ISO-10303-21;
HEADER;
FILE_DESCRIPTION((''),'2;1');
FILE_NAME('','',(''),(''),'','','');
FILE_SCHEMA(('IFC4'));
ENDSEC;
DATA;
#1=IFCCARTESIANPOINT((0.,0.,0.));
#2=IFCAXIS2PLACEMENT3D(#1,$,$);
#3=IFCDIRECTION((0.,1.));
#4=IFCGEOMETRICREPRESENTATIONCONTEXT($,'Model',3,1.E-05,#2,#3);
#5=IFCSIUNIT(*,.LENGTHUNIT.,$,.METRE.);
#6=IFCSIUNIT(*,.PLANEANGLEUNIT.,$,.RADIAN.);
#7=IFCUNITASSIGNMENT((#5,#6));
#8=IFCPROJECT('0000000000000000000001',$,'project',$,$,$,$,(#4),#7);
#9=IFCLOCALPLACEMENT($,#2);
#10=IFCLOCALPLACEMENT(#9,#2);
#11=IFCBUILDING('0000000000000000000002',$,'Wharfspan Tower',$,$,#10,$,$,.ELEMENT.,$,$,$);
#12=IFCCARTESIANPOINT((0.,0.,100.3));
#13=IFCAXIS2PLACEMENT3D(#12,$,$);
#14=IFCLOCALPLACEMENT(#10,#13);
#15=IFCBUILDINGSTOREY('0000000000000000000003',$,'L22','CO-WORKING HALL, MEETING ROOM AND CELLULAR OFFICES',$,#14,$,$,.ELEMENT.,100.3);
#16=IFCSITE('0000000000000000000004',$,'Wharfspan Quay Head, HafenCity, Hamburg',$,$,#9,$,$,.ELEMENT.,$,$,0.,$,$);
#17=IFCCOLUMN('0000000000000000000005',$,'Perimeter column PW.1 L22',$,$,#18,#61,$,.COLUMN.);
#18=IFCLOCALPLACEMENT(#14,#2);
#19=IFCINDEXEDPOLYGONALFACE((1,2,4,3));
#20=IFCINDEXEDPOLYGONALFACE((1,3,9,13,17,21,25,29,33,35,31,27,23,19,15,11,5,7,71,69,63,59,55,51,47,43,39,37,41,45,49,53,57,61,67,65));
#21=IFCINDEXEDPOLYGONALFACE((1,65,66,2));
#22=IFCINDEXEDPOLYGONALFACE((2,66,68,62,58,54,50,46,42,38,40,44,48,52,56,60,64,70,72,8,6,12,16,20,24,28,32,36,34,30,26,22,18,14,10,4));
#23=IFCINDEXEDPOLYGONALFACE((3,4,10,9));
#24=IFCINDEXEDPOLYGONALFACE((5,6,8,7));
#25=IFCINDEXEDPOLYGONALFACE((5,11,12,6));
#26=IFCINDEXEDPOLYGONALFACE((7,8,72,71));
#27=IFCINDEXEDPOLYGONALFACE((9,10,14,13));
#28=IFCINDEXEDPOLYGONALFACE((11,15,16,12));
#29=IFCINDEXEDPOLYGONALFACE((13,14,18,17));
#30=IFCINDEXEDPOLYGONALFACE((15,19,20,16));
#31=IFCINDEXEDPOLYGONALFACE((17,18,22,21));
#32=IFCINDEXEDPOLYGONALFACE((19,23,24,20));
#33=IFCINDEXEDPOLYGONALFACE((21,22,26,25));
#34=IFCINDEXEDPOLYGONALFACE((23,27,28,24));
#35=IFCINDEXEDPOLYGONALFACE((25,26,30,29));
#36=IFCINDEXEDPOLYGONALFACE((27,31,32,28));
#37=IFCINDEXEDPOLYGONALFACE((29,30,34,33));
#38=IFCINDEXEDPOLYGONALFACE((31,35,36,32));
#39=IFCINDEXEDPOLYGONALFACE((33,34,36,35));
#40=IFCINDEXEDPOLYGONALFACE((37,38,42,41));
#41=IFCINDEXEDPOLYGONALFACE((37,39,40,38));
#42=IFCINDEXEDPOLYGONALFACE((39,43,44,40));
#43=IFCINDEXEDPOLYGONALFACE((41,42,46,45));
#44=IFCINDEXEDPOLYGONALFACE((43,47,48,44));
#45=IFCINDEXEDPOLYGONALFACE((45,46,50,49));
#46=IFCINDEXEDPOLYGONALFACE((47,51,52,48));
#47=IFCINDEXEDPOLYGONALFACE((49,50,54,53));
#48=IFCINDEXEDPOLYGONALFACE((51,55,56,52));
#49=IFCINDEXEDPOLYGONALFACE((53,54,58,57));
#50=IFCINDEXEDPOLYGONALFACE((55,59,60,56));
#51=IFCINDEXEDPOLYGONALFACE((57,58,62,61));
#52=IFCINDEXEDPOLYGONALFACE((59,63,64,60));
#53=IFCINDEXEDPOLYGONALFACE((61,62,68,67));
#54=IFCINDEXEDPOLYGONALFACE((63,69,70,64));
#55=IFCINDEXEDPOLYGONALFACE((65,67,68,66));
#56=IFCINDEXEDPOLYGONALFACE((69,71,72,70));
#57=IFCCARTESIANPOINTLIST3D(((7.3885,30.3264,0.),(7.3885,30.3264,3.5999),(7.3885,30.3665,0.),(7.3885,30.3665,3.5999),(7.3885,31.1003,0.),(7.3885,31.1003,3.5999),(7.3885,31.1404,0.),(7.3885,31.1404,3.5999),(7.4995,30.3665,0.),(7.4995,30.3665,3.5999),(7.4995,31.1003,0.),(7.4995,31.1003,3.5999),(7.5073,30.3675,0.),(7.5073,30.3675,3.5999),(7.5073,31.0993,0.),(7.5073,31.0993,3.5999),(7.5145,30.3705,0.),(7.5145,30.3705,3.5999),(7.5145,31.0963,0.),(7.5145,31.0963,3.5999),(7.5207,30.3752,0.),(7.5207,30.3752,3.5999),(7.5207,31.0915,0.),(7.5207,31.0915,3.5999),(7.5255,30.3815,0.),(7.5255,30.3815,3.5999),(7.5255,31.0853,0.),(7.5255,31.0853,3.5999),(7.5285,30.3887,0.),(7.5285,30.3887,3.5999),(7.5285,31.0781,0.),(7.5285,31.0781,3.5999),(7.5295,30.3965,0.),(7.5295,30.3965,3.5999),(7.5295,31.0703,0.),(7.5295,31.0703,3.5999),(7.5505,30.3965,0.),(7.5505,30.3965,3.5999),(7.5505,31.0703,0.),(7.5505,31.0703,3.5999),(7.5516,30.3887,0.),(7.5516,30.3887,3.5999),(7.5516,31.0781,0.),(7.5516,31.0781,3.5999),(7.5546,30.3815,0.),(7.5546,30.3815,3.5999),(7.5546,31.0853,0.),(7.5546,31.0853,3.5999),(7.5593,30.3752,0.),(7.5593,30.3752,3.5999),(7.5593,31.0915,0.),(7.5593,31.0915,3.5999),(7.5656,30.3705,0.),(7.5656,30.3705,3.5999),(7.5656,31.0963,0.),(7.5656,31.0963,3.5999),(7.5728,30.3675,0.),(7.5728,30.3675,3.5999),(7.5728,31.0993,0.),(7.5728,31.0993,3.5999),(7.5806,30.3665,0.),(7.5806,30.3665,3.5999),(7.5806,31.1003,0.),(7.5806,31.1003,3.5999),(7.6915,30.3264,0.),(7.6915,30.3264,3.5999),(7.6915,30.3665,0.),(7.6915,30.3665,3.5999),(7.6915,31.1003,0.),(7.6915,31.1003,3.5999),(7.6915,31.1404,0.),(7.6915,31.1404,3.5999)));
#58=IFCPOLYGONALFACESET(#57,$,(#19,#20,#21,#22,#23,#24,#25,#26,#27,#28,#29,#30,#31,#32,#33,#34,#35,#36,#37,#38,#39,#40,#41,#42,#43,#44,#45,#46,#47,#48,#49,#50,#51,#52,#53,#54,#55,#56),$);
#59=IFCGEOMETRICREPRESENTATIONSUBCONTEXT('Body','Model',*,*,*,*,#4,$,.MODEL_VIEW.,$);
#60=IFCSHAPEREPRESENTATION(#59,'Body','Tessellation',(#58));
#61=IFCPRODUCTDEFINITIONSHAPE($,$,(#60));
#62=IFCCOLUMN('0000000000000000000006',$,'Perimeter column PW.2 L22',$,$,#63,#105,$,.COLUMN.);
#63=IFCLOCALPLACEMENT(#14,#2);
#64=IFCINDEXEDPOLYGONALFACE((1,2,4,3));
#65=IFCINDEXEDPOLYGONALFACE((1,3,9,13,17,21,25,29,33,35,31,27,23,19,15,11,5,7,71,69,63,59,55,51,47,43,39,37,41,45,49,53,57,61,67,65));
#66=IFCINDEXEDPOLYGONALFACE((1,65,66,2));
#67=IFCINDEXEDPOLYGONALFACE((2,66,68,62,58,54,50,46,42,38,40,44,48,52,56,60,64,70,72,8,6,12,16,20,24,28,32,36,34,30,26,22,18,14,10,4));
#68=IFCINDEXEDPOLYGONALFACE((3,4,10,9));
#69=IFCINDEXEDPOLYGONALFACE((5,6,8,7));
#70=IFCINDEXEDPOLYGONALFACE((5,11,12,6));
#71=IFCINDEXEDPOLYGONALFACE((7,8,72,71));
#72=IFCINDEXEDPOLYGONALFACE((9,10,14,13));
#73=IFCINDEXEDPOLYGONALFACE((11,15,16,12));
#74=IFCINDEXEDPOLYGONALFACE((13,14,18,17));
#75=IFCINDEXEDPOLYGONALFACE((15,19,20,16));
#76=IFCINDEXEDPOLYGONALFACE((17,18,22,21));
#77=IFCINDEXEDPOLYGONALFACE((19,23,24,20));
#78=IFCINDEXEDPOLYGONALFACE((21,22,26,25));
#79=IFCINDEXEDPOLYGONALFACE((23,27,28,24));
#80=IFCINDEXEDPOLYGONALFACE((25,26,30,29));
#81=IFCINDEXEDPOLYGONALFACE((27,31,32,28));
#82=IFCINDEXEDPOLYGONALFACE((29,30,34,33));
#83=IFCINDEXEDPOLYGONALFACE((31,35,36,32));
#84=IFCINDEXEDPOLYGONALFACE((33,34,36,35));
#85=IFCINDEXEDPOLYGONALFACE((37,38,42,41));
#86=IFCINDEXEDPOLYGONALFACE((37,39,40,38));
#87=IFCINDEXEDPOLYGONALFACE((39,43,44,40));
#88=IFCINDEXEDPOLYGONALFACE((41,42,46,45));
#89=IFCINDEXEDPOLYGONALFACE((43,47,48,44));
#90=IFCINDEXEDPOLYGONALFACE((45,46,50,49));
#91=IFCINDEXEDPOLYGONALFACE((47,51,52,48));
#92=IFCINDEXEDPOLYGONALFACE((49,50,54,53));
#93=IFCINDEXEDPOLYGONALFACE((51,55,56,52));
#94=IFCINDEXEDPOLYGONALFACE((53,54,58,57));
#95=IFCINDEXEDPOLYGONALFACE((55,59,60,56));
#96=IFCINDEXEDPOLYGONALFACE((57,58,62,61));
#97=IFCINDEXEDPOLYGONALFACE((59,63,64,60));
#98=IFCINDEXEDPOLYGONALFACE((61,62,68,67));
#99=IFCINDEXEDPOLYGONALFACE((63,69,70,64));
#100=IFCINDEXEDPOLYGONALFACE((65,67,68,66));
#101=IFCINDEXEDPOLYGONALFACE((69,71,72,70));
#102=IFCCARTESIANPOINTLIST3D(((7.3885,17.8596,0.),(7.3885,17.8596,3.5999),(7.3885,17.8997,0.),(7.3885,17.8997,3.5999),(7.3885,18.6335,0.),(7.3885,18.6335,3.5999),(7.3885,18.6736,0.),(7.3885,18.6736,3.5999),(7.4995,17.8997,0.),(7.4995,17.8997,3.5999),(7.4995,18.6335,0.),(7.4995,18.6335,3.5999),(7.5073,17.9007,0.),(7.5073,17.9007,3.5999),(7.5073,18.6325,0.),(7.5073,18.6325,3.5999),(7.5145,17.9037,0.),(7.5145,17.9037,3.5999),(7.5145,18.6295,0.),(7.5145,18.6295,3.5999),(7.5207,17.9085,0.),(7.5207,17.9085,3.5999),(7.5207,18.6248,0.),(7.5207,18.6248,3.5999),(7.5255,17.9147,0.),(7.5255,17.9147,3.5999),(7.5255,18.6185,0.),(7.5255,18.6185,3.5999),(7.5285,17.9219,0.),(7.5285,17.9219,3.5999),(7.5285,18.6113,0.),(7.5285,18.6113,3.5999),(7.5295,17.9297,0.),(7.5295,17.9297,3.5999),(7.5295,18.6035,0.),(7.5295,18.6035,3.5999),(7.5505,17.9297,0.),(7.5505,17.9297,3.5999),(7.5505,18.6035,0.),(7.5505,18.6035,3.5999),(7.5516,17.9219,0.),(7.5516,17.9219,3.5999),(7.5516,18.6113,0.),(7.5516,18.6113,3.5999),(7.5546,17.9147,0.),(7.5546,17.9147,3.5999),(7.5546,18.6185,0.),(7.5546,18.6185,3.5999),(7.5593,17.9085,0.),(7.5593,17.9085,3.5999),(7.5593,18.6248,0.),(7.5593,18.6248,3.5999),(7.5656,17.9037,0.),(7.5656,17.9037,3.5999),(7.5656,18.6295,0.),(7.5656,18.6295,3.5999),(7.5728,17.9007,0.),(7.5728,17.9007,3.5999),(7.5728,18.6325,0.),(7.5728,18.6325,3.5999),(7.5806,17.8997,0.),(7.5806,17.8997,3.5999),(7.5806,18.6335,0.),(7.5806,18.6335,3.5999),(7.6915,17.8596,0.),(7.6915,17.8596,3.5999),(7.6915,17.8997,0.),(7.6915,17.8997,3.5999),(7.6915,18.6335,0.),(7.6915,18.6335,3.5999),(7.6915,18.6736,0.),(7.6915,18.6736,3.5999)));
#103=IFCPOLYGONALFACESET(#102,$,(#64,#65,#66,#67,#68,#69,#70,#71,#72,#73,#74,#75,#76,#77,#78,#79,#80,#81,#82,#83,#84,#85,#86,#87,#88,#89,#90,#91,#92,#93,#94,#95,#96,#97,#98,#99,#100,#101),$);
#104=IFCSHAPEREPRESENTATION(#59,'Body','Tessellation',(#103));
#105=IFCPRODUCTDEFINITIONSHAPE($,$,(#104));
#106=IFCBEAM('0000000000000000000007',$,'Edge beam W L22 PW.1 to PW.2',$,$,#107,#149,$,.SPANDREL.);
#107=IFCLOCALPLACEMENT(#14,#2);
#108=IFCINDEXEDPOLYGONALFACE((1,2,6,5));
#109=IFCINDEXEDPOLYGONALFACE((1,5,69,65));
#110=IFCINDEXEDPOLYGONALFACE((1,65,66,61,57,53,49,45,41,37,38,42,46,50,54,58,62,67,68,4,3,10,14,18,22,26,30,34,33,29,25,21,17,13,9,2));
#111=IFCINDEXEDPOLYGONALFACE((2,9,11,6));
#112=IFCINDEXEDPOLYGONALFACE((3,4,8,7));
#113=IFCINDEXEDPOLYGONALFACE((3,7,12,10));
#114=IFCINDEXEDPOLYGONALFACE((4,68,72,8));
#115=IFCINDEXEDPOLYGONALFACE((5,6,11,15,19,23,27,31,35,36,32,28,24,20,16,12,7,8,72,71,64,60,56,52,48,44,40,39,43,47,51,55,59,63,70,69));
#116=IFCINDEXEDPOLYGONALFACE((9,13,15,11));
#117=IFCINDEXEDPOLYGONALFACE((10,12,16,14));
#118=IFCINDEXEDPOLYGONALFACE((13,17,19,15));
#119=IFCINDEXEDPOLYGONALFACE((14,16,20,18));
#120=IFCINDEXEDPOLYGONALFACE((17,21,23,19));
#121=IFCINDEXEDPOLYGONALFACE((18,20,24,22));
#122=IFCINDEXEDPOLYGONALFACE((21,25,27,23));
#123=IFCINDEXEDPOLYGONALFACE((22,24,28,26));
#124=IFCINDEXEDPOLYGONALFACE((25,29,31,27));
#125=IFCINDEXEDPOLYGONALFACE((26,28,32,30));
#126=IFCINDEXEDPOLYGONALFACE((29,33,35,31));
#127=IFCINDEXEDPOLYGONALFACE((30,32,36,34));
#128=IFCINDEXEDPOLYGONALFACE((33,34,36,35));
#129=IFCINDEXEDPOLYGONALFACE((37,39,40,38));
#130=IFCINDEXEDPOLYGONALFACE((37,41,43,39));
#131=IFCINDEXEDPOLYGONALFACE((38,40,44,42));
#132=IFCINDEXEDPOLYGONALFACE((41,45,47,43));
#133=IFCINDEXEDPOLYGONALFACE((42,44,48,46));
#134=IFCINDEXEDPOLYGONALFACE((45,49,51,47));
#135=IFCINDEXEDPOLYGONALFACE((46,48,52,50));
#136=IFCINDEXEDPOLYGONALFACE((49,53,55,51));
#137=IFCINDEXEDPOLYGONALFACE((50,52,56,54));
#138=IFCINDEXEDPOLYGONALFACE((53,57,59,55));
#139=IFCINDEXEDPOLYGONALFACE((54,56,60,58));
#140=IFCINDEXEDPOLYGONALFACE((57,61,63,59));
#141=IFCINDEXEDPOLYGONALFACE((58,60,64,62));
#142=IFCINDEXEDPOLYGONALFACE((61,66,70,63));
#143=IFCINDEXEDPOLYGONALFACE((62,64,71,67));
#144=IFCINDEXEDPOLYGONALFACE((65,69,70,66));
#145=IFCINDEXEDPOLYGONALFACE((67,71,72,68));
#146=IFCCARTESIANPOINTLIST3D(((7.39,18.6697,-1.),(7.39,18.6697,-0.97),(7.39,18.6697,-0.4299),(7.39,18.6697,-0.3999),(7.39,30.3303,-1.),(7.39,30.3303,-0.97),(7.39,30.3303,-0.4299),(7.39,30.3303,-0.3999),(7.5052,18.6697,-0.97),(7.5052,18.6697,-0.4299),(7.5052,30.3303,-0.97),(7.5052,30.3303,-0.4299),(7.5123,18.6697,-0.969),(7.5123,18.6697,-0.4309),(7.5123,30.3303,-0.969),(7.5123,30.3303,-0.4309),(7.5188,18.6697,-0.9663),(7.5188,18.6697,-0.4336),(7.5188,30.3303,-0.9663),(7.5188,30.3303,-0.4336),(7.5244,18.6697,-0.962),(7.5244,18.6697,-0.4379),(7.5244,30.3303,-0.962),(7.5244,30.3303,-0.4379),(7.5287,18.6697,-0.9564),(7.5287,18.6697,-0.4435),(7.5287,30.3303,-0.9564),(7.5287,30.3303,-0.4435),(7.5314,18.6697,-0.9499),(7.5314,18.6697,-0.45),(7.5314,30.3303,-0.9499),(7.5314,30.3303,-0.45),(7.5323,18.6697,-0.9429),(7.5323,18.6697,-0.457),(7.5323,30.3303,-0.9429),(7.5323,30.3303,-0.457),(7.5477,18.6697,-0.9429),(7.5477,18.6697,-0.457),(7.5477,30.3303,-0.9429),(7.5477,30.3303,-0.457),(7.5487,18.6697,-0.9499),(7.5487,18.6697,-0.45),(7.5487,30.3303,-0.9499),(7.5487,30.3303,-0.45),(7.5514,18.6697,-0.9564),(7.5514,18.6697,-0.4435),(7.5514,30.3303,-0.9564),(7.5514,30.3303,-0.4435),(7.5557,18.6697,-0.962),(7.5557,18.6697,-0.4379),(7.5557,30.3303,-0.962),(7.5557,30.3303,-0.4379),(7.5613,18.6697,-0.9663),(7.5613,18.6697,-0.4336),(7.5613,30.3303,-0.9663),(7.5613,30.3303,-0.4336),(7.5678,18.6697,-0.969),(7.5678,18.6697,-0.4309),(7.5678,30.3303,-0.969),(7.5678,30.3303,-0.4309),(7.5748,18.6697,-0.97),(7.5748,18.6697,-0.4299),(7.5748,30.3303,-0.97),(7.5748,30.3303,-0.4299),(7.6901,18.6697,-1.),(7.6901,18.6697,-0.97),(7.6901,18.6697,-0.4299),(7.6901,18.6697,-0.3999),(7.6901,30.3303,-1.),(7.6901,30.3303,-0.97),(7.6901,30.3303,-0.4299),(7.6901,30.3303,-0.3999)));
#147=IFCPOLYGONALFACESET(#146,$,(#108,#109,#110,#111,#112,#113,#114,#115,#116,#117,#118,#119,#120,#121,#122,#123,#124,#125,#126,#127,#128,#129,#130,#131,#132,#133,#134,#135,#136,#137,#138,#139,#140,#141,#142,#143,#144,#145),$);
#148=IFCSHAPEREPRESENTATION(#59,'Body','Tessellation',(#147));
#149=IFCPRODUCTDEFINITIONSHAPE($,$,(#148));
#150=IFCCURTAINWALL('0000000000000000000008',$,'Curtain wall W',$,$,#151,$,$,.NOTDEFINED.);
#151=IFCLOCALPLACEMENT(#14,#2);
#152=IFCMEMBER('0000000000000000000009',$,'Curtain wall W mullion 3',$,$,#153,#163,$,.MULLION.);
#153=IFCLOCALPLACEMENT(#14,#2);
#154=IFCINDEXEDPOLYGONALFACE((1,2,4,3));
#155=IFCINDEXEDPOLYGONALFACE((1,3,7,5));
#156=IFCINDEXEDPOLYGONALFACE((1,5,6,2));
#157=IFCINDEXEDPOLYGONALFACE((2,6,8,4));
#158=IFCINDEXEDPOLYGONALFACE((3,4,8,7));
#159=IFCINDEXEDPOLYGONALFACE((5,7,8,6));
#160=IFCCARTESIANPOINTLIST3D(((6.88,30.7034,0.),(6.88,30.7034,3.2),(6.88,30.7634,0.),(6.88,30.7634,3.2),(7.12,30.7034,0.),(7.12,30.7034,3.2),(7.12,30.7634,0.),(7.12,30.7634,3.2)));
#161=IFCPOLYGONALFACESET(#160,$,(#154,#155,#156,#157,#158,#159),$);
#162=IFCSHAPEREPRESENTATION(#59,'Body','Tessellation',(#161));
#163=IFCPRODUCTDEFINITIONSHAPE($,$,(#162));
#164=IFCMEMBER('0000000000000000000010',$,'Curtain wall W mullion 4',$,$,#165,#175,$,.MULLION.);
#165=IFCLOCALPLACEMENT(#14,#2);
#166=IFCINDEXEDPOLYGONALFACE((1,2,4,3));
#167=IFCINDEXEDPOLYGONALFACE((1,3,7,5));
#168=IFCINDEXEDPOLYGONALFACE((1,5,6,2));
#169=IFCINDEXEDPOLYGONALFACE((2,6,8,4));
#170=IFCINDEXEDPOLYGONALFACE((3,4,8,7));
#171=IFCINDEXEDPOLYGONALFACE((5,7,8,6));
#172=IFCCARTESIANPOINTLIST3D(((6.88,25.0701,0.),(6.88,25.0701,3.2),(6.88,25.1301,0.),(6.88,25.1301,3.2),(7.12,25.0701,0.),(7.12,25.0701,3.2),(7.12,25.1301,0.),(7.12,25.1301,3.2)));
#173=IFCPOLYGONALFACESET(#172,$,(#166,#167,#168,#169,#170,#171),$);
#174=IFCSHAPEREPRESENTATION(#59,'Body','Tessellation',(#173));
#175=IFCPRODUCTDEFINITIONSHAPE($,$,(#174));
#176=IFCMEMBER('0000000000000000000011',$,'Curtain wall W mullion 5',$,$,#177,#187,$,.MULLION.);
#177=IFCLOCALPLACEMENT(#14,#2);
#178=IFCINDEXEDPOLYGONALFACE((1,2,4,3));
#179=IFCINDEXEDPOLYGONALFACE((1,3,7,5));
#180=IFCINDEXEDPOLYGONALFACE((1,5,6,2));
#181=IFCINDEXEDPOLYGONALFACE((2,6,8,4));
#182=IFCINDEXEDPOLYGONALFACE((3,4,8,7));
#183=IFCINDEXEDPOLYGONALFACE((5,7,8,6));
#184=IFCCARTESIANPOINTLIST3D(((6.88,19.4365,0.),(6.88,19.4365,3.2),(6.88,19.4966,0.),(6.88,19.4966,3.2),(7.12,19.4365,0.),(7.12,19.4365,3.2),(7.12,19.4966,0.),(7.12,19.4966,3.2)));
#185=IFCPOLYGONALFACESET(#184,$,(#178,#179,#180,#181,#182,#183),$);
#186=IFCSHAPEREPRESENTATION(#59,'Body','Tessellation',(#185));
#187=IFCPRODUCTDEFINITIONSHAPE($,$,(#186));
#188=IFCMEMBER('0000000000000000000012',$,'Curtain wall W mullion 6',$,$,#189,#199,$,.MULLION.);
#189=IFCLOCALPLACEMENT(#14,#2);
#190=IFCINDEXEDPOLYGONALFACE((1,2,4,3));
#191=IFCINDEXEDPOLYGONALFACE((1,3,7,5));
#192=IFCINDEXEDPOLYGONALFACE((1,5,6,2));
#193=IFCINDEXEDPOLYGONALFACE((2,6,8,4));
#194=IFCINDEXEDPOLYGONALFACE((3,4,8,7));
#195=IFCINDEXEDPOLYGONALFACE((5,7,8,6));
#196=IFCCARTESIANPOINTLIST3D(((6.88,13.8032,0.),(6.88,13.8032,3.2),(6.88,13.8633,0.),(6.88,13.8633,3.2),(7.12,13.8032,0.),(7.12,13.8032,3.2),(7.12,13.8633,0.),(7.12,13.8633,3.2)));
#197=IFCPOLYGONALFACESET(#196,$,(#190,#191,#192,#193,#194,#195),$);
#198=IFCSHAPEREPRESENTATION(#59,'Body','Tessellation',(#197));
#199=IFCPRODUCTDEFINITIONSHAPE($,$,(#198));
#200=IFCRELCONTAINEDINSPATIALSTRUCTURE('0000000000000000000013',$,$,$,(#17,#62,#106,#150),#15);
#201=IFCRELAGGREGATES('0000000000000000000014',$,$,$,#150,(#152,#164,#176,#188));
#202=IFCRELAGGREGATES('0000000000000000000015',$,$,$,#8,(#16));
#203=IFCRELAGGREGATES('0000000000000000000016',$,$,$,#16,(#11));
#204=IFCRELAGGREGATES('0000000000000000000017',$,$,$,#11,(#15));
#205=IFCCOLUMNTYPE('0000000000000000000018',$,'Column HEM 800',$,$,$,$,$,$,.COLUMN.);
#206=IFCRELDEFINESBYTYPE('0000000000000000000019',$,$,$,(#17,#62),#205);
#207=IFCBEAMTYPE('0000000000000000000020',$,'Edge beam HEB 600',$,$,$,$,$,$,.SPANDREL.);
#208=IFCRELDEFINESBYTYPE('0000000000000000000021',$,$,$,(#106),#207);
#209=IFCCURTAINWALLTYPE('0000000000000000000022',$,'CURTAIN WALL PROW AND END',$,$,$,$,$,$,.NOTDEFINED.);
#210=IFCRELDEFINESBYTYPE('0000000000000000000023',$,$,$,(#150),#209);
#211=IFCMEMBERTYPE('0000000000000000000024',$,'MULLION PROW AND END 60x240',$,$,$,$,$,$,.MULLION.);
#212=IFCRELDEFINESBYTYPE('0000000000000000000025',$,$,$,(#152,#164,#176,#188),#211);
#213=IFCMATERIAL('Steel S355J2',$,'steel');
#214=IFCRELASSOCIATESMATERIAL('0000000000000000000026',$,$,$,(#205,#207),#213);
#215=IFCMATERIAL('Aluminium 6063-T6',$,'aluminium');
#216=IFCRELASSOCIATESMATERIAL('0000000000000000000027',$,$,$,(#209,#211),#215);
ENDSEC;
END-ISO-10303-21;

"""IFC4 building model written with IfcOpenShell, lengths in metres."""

from ifc_helpers import new_model, si_unit, direction, frame, origin, origin_2d, place, context, subcontext, project, spatial, rectangle, i_section, extrude, material, material_profile, profile_set, type_object, element, aggregate, save


model = new_model("IFC4")

# Units and contexts
model_context = context("Model", 3, precision=1e-05, world=origin(), true_north=direction((0.0, 1.0)))
body_context = subcontext(model_context, "Body", "Model", "MODEL_VIEW")
ifc_project = project(units=[si_unit("LENGTHUNIT", "METRE"), si_unit("PLANEANGLEUNIT", "RADIAN")], contexts=[model_context])

# Site, building, storey
site_placement = place(None, origin())
site = spatial("IfcSite", under=ifc_project, at=site_placement, Name="Wharfspan Quay Head, HafenCity, Hamburg", CompositionType="ELEMENT", RefElevation=0.0)
building_placement = place(site_placement, origin())
building = spatial("IfcBuilding", under=site, at=building_placement, Name="Wharfspan Tower", CompositionType="ELEMENT")
storey_placement = place(building_placement, frame((0.0, 0.0, 100.3)))
storey = spatial("IfcBuildingStorey", under=building, at=storey_placement, Name="L22", Description="CO-WORKING HALL, MEETING ROOM AND CELLULAR OFFICES", CompositionType="ELEMENT", Elevation=100.3)

# Columns
ifc_material_1 = material(Name="Steel S355J2", Category="steel")
ifc_material_profile_1 = material_profile(ifc_material_1, i_section(OverallWidth=0.303, OverallDepth=0.814, WebThickness=0.021, FlangeThickness=0.04, FilletRadius=0.03, at=origin_2d()))
ifc_profile_set_1 = profile_set([ifc_material_profile_1], Name="Steel S355J2")
column_type = type_object("IfcColumnType", Name="Column HEM 800", PredefinedType="COLUMN", material=ifc_profile_set_1)
for number, where, z_axis, x_axis, name in (
    (1, (7.54, 30.7334, 0.0), (0.0, 0.0, 1.0), (-1.0, 0.0, 0.0), "Perimeter column PW.1 L22"),
    (2, (7.54, 18.2666, 0.0), (0.0, 0.0, 1.0), (-1.0, 0.0, 0.0), "Perimeter column PW.2 L22"),
):
    element("IfcColumn", number, at=place(storey_placement, frame(where, z_axis=z_axis, x_axis=x_axis)), inside=storey, type_object=column_type, Name=name, PredefinedType="COLUMN", context=body_context, shape_type="SweptSolid", body=[
        extrude(i_section(OverallWidth=0.303, OverallDepth=0.814, WebThickness=0.021, FlangeThickness=0.04, FilletRadius=0.03, at=origin_2d()), origin(), (0.0, 0.0, 1.0), 3.5999),
    ])

# Beam
ifc_material_profile_2 = material_profile(ifc_material_1, i_section(OverallWidth=0.3, OverallDepth=0.6001, WebThickness=0.0154, FlangeThickness=0.03, FilletRadius=0.0271, at=origin_2d()))
ifc_profile_set_2 = profile_set([ifc_material_profile_2], Name="Steel S355J2")
beam_type = type_object("IfcBeamType", Name="Edge beam HEB 600", PredefinedType="SPANDREL", material=ifc_profile_set_2)
beam_placement = place(storey_placement, frame((7.54, 30.3303, -0.7), z_axis=(0.0, -1.0, 0.0), x_axis=(1.0, 0.0, 0.0)))
element("IfcBeam", 3, at=beam_placement, inside=storey, type_object=beam_type, Name="Edge beam W L22 PW.1 to PW.2", PredefinedType="SPANDREL", context=body_context, shape_type="SweptSolid", body=[
    extrude(i_section(OverallWidth=0.3, OverallDepth=0.6001, WebThickness=0.0154, FlangeThickness=0.03, FilletRadius=0.0271, at=origin_2d()), origin(), (0.0, 0.0, 1.0), 11.6606),
])

# Curtain wall, members
ifc_material_2 = material(Name="Aluminium 6063-T6", Category="aluminium")
curtain_wall_type = type_object("IfcCurtainWallType", Name="CURTAIN WALL PROW AND END", PredefinedType="NOTDEFINED", material=ifc_material_2)
curtain_wall_placement = place(storey_placement, origin())
curtain_wall = element("IfcCurtainWall", 4, at=curtain_wall_placement, inside=storey, type_object=curtain_wall_type, Name="Curtain wall W", PredefinedType="NOTDEFINED")
ifc_material_profile_3 = material_profile(ifc_material_2, rectangle(XDim=0.24, YDim=0.0601, at=origin_2d()))
ifc_profile_set_3 = profile_set([ifc_material_profile_3], Name="Aluminium 6063-T6")
member_type_1 = type_object("IfcMemberType", Name="MULLION PROW AND END 60x240", PredefinedType="MULLION", material=ifc_profile_set_3)
member_1_placement = place(storey_placement, frame((7.0, 30.7334, 0.0), z_axis=(0.0, 0.0, 1.0), x_axis=(1.0, 0.0, 0.0)))
member_1 = element("IfcMember", 5, at=member_1_placement, type_object=member_type_1, Name="Curtain wall W mullion 3", PredefinedType="MULLION", context=body_context, shape_type="SweptSolid", body=[
    extrude(rectangle(XDim=0.24, YDim=0.0601, at=origin_2d()), origin(), (0.0, 0.0, 1.0), 3.2),
])
member_2_placement = place(storey_placement, frame((7.0, 25.1001, 0.0), z_axis=(0.0, 0.0, 1.0), x_axis=(1.0, 0.0, 0.0)))
member_2 = element("IfcMember", 6, at=member_2_placement, type_object=member_type_1, Name="Curtain wall W mullion 4", PredefinedType="MULLION", context=body_context, shape_type="SweptSolid", body=[
    extrude(rectangle(XDim=0.24, YDim=0.0601, at=origin_2d()), origin(), (0.0, 0.0, 1.0), 3.2),
])
member_3_placement = place(storey_placement, frame((7.0, 19.4666, 0.0), z_axis=(0.0, 0.0, 1.0), x_axis=(1.0, 0.0, 0.0)))
member_3 = element("IfcMember", 7, at=member_3_placement, type_object=member_type_1, Name="Curtain wall W mullion 5", PredefinedType="MULLION", context=body_context, shape_type="SweptSolid", body=[
    extrude(rectangle(XDim=0.24, YDim=0.0601, at=origin_2d()), origin(), (0.0, 0.0, 1.0), 3.2),
])
member_4_placement = place(storey_placement, frame((7.0, 13.8333, 0.0), z_axis=(0.0, 0.0, 1.0), x_axis=(1.0, 0.0, 0.0)))
member_4 = element("IfcMember", 8, at=member_4_placement, type_object=member_type_1, Name="Curtain wall W mullion 6", PredefinedType="MULLION", context=body_context, shape_type="SweptSolid", body=[
    extrude(rectangle(XDim=0.24, YDim=0.0601, at=origin_2d()), origin(), (0.0, 0.0, 1.0), 3.2),
])

aggregate(curtain_wall, [member_1, member_2, member_3, member_4])

save(model, "model.ifc")
